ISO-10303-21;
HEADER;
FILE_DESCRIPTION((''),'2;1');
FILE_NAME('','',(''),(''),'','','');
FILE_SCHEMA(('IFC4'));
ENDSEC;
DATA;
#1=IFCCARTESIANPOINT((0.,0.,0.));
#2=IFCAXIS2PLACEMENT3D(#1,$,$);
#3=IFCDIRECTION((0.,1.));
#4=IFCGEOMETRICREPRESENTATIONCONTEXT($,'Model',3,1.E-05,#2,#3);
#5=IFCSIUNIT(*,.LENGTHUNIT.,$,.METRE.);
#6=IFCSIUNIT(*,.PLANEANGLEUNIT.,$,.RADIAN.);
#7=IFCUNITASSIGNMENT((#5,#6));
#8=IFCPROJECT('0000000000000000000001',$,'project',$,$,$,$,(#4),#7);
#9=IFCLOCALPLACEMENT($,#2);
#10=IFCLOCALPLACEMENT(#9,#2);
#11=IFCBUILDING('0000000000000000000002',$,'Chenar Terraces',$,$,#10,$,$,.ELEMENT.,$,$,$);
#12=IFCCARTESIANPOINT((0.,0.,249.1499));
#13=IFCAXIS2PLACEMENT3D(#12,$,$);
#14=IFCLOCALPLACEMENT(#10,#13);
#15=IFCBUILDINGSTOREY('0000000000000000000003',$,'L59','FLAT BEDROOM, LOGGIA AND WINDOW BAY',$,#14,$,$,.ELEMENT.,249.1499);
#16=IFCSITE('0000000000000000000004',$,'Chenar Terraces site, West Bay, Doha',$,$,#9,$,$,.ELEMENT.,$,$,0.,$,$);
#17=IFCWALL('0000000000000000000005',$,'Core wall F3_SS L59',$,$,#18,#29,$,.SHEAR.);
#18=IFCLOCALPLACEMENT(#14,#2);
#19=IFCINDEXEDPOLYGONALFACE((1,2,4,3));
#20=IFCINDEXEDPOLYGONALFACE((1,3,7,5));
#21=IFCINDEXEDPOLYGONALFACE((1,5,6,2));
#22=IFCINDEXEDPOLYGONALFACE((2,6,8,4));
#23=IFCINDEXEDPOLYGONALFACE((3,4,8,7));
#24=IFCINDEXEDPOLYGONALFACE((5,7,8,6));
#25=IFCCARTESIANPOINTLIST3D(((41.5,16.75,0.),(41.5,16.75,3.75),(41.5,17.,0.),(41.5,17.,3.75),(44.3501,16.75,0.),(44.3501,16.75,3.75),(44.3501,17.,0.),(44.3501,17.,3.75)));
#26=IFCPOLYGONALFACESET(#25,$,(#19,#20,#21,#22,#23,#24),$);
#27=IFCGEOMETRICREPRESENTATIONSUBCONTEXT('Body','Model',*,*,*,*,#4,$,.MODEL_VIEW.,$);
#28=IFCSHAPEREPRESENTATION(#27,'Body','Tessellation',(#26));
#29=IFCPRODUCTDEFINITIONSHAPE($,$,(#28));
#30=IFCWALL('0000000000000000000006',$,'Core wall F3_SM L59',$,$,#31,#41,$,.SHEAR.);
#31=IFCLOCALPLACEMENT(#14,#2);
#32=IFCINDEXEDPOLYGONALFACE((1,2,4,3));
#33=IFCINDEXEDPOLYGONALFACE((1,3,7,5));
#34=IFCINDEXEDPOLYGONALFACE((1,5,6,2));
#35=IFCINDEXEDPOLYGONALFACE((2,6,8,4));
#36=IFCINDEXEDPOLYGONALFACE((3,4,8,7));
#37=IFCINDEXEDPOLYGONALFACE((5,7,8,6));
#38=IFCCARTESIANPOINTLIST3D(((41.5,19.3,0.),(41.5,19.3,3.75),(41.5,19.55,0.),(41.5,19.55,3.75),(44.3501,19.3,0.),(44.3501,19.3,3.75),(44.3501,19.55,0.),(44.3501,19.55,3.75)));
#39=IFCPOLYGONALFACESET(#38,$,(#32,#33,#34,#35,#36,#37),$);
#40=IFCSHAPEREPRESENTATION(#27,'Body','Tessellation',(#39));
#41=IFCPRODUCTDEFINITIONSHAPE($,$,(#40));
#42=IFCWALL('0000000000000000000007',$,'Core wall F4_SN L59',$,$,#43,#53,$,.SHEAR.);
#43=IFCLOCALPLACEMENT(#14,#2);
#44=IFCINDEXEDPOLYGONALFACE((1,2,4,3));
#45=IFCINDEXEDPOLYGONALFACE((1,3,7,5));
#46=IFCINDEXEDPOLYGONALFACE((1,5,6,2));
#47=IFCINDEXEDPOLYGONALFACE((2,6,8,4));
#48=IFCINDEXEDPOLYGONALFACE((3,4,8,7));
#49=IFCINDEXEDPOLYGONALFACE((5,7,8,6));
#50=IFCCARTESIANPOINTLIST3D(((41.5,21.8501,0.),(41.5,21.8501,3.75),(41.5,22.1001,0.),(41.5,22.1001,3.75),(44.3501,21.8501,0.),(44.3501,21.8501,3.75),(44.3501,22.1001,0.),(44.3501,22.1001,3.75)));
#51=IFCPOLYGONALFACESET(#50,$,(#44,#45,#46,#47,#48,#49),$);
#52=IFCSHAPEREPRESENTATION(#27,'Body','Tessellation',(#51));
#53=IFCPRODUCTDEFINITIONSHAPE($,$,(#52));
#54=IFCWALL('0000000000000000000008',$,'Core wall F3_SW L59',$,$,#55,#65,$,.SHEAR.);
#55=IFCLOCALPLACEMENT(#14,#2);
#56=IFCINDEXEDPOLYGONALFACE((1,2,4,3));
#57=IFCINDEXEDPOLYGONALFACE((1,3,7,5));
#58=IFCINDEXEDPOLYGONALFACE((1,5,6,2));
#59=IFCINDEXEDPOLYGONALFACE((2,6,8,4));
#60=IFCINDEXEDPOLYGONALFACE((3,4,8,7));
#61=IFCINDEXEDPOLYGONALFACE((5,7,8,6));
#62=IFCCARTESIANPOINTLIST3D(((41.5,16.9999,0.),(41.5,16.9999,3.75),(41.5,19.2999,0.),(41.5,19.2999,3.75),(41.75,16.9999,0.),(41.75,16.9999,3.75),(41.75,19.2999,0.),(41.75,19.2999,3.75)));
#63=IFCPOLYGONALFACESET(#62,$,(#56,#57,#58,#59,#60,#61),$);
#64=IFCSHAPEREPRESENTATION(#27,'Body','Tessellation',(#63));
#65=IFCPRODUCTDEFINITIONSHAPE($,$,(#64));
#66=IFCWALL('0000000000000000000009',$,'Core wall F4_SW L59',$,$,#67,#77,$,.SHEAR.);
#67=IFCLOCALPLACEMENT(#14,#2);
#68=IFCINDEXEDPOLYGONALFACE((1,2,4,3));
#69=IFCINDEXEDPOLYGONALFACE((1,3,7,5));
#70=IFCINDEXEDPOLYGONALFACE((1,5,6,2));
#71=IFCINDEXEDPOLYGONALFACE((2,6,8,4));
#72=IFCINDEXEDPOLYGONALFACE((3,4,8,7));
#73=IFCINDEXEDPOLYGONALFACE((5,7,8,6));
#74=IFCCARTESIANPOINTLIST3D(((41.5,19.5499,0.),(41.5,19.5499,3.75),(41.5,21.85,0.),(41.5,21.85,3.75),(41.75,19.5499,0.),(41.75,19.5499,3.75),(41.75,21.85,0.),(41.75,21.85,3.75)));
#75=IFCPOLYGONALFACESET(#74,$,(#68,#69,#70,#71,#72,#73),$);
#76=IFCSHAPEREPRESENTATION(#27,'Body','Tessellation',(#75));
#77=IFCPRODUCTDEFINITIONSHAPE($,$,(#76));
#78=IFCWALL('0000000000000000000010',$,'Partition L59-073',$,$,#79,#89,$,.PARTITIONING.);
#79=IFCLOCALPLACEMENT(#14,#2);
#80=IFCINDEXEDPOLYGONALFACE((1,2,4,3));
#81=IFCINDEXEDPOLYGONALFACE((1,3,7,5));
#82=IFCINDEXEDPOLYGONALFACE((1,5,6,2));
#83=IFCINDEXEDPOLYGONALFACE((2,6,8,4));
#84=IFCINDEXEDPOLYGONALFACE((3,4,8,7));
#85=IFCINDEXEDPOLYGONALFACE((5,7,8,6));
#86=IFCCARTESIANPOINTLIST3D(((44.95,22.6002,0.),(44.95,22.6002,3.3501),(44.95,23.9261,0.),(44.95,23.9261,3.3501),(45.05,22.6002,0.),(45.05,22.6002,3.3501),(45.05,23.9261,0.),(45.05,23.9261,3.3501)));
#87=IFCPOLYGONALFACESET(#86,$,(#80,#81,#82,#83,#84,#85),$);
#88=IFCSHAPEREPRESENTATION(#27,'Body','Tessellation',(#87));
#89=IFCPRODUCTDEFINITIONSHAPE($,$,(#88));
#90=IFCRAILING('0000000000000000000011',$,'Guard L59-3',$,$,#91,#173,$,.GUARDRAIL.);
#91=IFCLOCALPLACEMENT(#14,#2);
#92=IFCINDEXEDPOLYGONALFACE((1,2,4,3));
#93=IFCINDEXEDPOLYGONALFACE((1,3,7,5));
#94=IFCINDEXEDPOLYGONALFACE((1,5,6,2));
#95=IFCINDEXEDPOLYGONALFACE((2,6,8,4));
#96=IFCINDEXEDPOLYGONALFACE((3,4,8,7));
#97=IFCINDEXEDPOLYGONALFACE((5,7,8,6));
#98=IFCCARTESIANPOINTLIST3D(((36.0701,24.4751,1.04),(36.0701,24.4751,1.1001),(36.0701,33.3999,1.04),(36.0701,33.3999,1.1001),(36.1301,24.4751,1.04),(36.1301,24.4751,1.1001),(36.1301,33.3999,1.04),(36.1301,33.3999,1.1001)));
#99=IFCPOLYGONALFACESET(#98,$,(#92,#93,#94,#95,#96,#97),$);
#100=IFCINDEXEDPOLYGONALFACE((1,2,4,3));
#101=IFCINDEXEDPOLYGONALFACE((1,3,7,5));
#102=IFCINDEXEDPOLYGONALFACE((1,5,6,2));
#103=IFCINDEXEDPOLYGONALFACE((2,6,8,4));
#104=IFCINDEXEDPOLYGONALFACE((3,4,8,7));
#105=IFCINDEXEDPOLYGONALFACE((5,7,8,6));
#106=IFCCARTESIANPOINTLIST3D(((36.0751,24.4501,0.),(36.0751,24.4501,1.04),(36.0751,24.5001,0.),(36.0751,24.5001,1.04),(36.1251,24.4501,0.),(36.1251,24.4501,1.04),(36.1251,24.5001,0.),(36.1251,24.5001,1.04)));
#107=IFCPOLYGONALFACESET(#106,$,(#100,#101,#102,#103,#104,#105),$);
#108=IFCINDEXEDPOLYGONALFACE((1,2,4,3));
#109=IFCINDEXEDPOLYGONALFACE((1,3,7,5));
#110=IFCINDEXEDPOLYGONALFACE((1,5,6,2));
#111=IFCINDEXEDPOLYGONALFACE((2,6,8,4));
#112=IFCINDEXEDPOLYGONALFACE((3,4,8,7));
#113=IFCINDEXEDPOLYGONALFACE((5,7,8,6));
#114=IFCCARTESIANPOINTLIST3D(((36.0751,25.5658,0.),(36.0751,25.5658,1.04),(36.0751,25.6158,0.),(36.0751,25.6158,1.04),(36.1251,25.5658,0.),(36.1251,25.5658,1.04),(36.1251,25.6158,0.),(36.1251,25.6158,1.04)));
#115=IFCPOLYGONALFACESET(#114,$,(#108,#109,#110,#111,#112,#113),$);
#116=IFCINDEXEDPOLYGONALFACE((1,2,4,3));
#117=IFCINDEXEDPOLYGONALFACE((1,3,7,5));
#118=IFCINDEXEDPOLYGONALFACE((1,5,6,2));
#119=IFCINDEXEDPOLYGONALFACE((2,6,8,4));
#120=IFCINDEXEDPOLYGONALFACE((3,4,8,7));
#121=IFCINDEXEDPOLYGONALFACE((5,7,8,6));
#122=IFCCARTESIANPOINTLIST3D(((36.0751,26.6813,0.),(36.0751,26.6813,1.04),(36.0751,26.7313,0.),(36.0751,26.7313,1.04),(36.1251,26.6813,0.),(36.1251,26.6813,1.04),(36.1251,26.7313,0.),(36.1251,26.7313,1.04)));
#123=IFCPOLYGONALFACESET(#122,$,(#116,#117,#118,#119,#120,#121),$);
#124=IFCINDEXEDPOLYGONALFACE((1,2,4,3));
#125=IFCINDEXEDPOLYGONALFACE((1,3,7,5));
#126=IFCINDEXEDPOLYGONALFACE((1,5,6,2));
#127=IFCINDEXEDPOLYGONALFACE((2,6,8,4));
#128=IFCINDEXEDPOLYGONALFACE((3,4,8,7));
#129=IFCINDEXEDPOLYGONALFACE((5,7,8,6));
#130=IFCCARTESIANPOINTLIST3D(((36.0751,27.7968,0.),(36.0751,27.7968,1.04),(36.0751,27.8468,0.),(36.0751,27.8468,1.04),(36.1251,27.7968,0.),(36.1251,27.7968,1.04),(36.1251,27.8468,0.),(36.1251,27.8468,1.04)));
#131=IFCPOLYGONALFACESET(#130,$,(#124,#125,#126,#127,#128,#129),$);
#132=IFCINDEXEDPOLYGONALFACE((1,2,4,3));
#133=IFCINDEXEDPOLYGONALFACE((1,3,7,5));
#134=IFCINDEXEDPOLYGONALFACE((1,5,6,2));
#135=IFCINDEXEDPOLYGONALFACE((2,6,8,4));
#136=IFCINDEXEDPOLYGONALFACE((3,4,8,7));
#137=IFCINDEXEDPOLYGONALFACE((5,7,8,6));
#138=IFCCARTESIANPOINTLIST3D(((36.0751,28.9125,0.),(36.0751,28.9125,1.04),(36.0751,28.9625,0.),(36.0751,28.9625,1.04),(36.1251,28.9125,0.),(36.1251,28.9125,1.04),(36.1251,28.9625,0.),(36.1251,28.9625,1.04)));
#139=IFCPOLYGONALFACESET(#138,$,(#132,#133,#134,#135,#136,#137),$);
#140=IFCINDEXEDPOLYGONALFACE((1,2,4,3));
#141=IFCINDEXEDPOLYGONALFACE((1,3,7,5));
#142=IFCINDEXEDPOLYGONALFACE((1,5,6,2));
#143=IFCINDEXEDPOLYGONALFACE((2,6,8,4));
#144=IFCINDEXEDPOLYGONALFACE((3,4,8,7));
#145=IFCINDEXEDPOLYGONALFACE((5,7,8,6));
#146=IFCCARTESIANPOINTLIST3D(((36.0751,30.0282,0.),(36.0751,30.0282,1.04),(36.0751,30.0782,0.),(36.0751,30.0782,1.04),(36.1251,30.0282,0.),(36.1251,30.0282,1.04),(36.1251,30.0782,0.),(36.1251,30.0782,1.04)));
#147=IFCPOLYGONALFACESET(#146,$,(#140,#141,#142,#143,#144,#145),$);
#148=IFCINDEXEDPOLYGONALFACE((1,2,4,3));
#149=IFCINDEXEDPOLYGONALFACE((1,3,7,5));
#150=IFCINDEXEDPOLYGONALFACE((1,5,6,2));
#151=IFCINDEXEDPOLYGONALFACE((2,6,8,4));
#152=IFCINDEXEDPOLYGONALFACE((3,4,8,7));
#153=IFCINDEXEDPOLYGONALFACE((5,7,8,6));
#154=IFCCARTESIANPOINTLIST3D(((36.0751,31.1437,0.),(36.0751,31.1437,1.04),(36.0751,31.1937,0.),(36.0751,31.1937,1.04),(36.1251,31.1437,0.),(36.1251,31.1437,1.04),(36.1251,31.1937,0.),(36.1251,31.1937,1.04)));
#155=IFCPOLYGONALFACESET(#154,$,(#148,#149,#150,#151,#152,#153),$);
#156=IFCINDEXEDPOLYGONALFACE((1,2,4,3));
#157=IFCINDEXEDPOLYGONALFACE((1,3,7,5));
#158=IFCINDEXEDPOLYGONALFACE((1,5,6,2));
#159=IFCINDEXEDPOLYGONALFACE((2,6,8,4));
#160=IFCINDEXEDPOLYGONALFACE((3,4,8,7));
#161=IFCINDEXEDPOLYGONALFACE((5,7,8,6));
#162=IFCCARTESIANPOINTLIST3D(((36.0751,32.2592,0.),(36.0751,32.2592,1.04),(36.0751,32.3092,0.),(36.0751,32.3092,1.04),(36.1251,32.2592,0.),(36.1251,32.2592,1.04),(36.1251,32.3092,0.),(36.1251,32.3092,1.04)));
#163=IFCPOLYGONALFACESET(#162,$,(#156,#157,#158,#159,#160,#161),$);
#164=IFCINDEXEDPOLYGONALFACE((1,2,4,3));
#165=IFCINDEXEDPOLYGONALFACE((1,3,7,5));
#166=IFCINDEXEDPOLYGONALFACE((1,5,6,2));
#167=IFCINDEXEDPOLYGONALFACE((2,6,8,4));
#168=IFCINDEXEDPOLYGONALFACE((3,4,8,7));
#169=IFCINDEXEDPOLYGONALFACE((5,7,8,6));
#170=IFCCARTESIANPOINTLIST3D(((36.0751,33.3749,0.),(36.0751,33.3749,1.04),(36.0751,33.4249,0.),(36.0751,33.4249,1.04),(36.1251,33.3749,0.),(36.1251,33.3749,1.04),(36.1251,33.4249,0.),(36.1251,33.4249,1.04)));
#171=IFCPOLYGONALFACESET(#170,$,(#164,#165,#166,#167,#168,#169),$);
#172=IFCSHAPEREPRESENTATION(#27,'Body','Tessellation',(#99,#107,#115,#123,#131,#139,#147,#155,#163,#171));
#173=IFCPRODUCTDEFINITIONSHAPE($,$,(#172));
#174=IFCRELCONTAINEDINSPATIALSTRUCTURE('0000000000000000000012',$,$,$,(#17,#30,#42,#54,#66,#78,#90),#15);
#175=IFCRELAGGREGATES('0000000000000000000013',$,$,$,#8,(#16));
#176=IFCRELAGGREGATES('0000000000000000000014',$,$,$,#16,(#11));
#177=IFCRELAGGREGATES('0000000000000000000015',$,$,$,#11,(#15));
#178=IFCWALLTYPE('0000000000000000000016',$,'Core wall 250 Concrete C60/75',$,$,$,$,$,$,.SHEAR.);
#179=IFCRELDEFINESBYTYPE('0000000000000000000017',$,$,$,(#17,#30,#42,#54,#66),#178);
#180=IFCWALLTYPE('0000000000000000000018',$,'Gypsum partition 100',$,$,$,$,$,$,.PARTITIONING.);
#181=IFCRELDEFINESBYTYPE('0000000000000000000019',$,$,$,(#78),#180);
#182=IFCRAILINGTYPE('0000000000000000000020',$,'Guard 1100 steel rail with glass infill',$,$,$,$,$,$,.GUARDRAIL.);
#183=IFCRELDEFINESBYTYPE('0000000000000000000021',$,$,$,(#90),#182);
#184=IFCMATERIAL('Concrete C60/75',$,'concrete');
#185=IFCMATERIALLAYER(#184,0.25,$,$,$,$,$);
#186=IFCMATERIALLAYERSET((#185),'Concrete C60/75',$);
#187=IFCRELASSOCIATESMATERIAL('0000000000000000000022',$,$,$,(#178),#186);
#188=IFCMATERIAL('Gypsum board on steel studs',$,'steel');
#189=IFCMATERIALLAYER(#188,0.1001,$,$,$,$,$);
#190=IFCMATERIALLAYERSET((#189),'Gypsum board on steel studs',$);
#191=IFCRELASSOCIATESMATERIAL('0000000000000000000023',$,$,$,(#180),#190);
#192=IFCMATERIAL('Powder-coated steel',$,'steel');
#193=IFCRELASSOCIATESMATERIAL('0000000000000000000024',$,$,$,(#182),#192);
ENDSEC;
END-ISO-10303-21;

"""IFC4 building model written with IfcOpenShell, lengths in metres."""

from ifc_helpers import new_model, si_unit, direction, frame, frame_2d, origin, origin_2d, place, context, subcontext, project, spatial, rectangle, extrude, material, layer, layer_set, type_object, element, save


model = new_model("IFC4")

# Units and contexts
model_context = context("Model", 3, precision=1e-05, world=origin(), true_north=direction((0.0, 1.0)))
body_context = subcontext(model_context, "Body", "Model", "MODEL_VIEW")
ifc_project = project(units=[si_unit("LENGTHUNIT", "METRE"), si_unit("PLANEANGLEUNIT", "RADIAN")], contexts=[model_context])

# Site, building, storey
site_placement = place(None, origin())
site = spatial("IfcSite", under=ifc_project, at=site_placement, Name="Chenar Terraces site, West Bay, Doha", CompositionType="ELEMENT", RefElevation=0.0)
building_placement = place(site_placement, origin())
building = spatial("IfcBuilding", under=site, at=building_placement, Name="Chenar Terraces", CompositionType="ELEMENT")
storey_placement = place(building_placement, frame((0.0, 0.0, 249.1499)))
storey = spatial("IfcBuildingStorey", under=building, at=storey_placement, Name="L59", Description="FLAT BEDROOM, LOGGIA AND WINDOW BAY", CompositionType="ELEMENT", Elevation=249.1499)

# Shared definitions
ifc_material_1 = material(Name="Concrete C60/75", Category="concrete")
ifc_layer_1 = layer(ifc_material_1, 0.25)
ifc_layer_set_1 = layer_set([ifc_layer_1], Name="Concrete C60/75")
wall_type_1 = type_object("IfcWallType", Name="Core wall 250 Concrete C60/75", PredefinedType="SHEAR", material=ifc_layer_set_1)

# Walls
for number, where, z_axis, x_axis, name in (
    (1, (41.5, 16.875, 0.0), (0.0, 0.0, 1.0), (1.0, 0.0, 0.0), "Core wall F3_SS L59"),
    (2, (41.5, 19.425, 0.0), (0.0, 0.0, 1.0), (1.0, 0.0, 0.0), "Core wall F3_SM L59"),
    (3, (41.5, 21.9751, 0.0), (0.0, 0.0, 1.0), (1.0, 0.0, 0.0), "Core wall F4_SN L59"),
):
    element("IfcWall", number, at=place(storey_placement, frame(where, z_axis=z_axis, x_axis=x_axis)), inside=storey, type_object=wall_type_1, Name=name, PredefinedType="SHEAR", context=body_context, shape_type="SweptSolid", body=[
        extrude(rectangle(XDim=2.8501, YDim=0.25, at=frame_2d((1.425, 0.0))), origin(), (0.0, 0.0, 1.0), 3.75),
    ])
for number, where, z_axis, x_axis, name in (
    (4, (41.625, 17.0, 0.0), (0.0, 0.0, 1.0), (0.0, 1.0, 0.0), "Core wall F3_SW L59"),
    (5, (41.625, 19.55, 0.0), (0.0, 0.0, 1.0), (0.0, 1.0, 0.0), "Core wall F4_SW L59"),
):
    element("IfcWall", number, at=place(storey_placement, frame(where, z_axis=z_axis, x_axis=x_axis)), inside=storey, type_object=wall_type_1, Name=name, PredefinedType="SHEAR", context=body_context, shape_type="SweptSolid", body=[
        extrude(rectangle(XDim=2.3, YDim=0.25, at=frame_2d((1.1499, 0.0))), origin(), (0.0, 0.0, 1.0), 3.75),
    ])
ifc_material_2 = material(Name="Gypsum board on steel studs", Category="steel")
ifc_layer_2 = layer(ifc_material_2, 0.1001)
ifc_layer_set_2 = layer_set([ifc_layer_2], Name="Gypsum board on steel studs")
wall_type_2 = type_object("IfcWallType", Name="Gypsum partition 100", PredefinedType="PARTITIONING", material=ifc_layer_set_2)
wall_1_placement = place(storey_placement, frame((45.0, 22.6001, 0.0), z_axis=(0.0, 0.0, 1.0), x_axis=(0.0, 1.0, 0.0)))
element("IfcWall", 6, at=wall_1_placement, inside=storey, type_object=wall_type_2, Name="Partition L59-073", PredefinedType="PARTITIONING", context=body_context, shape_type="SweptSolid", body=[
    extrude(rectangle(XDim=1.3259, YDim=0.1001, at=frame_2d((0.6631, 0.0))), origin(), (0.0, 0.0, 1.0), 3.3501),
])

# Railing
ifc_material_3 = material(Name="Powder-coated steel", Category="steel")
railing_type = type_object("IfcRailingType", Name="Guard 1100 steel rail with glass infill", PredefinedType="GUARDRAIL", material=ifc_material_3)
railing_placement = place(storey_placement, frame((36.1001, 24.4751, 0.0)))
element("IfcRailing", 7, at=railing_placement, inside=storey, type_object=railing_type, Name="Guard L59-3", PredefinedType="GUARDRAIL", context=body_context, shape_type="SweptSolid", body=[
    extrude(rectangle(XDim=0.0601, YDim=0.0601, at=origin_2d()), frame((0.0, 0.0, 1.0701), z_axis=(0.0, 1.0, 0.0), x_axis=(-1.0, 0.0, 0.0)), (0.0, 0.0, 1.0), 8.9248),
    extrude(rectangle(XDim=0.05, YDim=0.05, at=origin_2d()), origin(), (0.0, 0.0, 1.0), 1.04),
    extrude(rectangle(XDim=0.05, YDim=0.05, at=origin_2d()), frame((0.0, 1.1157, 0.0)), (0.0, 0.0, 1.0), 1.04),
    extrude(rectangle(XDim=0.05, YDim=0.05, at=origin_2d()), frame((0.0, 2.2312, 0.0)), (0.0, 0.0, 1.0), 1.04),
    extrude(rectangle(XDim=0.05, YDim=0.05, at=origin_2d()), frame((0.0, 3.3467, 0.0)), (0.0, 0.0, 1.0), 1.04),
    extrude(rectangle(XDim=0.05, YDim=0.05, at=origin_2d()), frame((0.0, 4.4624, 0.0)), (0.0, 0.0, 1.0), 1.04),
    extrude(rectangle(XDim=0.05, YDim=0.05, at=origin_2d()), frame((0.0, 5.5781, 0.0)), (0.0, 0.0, 1.0), 1.04),
    extrude(rectangle(XDim=0.05, YDim=0.05, at=origin_2d()), frame((0.0, 6.6936, 0.0)), (0.0, 0.0, 1.0), 1.04),
    extrude(rectangle(XDim=0.05, YDim=0.05, at=origin_2d()), frame((0.0, 7.8091, 0.0)), (0.0, 0.0, 1.0), 1.04),
    extrude(rectangle(XDim=0.05, YDim=0.05, at=origin_2d()), frame((0.0, 8.9248, 0.0)), (0.0, 0.0, 1.0), 1.04),
])

save(model, "model.ifc")
